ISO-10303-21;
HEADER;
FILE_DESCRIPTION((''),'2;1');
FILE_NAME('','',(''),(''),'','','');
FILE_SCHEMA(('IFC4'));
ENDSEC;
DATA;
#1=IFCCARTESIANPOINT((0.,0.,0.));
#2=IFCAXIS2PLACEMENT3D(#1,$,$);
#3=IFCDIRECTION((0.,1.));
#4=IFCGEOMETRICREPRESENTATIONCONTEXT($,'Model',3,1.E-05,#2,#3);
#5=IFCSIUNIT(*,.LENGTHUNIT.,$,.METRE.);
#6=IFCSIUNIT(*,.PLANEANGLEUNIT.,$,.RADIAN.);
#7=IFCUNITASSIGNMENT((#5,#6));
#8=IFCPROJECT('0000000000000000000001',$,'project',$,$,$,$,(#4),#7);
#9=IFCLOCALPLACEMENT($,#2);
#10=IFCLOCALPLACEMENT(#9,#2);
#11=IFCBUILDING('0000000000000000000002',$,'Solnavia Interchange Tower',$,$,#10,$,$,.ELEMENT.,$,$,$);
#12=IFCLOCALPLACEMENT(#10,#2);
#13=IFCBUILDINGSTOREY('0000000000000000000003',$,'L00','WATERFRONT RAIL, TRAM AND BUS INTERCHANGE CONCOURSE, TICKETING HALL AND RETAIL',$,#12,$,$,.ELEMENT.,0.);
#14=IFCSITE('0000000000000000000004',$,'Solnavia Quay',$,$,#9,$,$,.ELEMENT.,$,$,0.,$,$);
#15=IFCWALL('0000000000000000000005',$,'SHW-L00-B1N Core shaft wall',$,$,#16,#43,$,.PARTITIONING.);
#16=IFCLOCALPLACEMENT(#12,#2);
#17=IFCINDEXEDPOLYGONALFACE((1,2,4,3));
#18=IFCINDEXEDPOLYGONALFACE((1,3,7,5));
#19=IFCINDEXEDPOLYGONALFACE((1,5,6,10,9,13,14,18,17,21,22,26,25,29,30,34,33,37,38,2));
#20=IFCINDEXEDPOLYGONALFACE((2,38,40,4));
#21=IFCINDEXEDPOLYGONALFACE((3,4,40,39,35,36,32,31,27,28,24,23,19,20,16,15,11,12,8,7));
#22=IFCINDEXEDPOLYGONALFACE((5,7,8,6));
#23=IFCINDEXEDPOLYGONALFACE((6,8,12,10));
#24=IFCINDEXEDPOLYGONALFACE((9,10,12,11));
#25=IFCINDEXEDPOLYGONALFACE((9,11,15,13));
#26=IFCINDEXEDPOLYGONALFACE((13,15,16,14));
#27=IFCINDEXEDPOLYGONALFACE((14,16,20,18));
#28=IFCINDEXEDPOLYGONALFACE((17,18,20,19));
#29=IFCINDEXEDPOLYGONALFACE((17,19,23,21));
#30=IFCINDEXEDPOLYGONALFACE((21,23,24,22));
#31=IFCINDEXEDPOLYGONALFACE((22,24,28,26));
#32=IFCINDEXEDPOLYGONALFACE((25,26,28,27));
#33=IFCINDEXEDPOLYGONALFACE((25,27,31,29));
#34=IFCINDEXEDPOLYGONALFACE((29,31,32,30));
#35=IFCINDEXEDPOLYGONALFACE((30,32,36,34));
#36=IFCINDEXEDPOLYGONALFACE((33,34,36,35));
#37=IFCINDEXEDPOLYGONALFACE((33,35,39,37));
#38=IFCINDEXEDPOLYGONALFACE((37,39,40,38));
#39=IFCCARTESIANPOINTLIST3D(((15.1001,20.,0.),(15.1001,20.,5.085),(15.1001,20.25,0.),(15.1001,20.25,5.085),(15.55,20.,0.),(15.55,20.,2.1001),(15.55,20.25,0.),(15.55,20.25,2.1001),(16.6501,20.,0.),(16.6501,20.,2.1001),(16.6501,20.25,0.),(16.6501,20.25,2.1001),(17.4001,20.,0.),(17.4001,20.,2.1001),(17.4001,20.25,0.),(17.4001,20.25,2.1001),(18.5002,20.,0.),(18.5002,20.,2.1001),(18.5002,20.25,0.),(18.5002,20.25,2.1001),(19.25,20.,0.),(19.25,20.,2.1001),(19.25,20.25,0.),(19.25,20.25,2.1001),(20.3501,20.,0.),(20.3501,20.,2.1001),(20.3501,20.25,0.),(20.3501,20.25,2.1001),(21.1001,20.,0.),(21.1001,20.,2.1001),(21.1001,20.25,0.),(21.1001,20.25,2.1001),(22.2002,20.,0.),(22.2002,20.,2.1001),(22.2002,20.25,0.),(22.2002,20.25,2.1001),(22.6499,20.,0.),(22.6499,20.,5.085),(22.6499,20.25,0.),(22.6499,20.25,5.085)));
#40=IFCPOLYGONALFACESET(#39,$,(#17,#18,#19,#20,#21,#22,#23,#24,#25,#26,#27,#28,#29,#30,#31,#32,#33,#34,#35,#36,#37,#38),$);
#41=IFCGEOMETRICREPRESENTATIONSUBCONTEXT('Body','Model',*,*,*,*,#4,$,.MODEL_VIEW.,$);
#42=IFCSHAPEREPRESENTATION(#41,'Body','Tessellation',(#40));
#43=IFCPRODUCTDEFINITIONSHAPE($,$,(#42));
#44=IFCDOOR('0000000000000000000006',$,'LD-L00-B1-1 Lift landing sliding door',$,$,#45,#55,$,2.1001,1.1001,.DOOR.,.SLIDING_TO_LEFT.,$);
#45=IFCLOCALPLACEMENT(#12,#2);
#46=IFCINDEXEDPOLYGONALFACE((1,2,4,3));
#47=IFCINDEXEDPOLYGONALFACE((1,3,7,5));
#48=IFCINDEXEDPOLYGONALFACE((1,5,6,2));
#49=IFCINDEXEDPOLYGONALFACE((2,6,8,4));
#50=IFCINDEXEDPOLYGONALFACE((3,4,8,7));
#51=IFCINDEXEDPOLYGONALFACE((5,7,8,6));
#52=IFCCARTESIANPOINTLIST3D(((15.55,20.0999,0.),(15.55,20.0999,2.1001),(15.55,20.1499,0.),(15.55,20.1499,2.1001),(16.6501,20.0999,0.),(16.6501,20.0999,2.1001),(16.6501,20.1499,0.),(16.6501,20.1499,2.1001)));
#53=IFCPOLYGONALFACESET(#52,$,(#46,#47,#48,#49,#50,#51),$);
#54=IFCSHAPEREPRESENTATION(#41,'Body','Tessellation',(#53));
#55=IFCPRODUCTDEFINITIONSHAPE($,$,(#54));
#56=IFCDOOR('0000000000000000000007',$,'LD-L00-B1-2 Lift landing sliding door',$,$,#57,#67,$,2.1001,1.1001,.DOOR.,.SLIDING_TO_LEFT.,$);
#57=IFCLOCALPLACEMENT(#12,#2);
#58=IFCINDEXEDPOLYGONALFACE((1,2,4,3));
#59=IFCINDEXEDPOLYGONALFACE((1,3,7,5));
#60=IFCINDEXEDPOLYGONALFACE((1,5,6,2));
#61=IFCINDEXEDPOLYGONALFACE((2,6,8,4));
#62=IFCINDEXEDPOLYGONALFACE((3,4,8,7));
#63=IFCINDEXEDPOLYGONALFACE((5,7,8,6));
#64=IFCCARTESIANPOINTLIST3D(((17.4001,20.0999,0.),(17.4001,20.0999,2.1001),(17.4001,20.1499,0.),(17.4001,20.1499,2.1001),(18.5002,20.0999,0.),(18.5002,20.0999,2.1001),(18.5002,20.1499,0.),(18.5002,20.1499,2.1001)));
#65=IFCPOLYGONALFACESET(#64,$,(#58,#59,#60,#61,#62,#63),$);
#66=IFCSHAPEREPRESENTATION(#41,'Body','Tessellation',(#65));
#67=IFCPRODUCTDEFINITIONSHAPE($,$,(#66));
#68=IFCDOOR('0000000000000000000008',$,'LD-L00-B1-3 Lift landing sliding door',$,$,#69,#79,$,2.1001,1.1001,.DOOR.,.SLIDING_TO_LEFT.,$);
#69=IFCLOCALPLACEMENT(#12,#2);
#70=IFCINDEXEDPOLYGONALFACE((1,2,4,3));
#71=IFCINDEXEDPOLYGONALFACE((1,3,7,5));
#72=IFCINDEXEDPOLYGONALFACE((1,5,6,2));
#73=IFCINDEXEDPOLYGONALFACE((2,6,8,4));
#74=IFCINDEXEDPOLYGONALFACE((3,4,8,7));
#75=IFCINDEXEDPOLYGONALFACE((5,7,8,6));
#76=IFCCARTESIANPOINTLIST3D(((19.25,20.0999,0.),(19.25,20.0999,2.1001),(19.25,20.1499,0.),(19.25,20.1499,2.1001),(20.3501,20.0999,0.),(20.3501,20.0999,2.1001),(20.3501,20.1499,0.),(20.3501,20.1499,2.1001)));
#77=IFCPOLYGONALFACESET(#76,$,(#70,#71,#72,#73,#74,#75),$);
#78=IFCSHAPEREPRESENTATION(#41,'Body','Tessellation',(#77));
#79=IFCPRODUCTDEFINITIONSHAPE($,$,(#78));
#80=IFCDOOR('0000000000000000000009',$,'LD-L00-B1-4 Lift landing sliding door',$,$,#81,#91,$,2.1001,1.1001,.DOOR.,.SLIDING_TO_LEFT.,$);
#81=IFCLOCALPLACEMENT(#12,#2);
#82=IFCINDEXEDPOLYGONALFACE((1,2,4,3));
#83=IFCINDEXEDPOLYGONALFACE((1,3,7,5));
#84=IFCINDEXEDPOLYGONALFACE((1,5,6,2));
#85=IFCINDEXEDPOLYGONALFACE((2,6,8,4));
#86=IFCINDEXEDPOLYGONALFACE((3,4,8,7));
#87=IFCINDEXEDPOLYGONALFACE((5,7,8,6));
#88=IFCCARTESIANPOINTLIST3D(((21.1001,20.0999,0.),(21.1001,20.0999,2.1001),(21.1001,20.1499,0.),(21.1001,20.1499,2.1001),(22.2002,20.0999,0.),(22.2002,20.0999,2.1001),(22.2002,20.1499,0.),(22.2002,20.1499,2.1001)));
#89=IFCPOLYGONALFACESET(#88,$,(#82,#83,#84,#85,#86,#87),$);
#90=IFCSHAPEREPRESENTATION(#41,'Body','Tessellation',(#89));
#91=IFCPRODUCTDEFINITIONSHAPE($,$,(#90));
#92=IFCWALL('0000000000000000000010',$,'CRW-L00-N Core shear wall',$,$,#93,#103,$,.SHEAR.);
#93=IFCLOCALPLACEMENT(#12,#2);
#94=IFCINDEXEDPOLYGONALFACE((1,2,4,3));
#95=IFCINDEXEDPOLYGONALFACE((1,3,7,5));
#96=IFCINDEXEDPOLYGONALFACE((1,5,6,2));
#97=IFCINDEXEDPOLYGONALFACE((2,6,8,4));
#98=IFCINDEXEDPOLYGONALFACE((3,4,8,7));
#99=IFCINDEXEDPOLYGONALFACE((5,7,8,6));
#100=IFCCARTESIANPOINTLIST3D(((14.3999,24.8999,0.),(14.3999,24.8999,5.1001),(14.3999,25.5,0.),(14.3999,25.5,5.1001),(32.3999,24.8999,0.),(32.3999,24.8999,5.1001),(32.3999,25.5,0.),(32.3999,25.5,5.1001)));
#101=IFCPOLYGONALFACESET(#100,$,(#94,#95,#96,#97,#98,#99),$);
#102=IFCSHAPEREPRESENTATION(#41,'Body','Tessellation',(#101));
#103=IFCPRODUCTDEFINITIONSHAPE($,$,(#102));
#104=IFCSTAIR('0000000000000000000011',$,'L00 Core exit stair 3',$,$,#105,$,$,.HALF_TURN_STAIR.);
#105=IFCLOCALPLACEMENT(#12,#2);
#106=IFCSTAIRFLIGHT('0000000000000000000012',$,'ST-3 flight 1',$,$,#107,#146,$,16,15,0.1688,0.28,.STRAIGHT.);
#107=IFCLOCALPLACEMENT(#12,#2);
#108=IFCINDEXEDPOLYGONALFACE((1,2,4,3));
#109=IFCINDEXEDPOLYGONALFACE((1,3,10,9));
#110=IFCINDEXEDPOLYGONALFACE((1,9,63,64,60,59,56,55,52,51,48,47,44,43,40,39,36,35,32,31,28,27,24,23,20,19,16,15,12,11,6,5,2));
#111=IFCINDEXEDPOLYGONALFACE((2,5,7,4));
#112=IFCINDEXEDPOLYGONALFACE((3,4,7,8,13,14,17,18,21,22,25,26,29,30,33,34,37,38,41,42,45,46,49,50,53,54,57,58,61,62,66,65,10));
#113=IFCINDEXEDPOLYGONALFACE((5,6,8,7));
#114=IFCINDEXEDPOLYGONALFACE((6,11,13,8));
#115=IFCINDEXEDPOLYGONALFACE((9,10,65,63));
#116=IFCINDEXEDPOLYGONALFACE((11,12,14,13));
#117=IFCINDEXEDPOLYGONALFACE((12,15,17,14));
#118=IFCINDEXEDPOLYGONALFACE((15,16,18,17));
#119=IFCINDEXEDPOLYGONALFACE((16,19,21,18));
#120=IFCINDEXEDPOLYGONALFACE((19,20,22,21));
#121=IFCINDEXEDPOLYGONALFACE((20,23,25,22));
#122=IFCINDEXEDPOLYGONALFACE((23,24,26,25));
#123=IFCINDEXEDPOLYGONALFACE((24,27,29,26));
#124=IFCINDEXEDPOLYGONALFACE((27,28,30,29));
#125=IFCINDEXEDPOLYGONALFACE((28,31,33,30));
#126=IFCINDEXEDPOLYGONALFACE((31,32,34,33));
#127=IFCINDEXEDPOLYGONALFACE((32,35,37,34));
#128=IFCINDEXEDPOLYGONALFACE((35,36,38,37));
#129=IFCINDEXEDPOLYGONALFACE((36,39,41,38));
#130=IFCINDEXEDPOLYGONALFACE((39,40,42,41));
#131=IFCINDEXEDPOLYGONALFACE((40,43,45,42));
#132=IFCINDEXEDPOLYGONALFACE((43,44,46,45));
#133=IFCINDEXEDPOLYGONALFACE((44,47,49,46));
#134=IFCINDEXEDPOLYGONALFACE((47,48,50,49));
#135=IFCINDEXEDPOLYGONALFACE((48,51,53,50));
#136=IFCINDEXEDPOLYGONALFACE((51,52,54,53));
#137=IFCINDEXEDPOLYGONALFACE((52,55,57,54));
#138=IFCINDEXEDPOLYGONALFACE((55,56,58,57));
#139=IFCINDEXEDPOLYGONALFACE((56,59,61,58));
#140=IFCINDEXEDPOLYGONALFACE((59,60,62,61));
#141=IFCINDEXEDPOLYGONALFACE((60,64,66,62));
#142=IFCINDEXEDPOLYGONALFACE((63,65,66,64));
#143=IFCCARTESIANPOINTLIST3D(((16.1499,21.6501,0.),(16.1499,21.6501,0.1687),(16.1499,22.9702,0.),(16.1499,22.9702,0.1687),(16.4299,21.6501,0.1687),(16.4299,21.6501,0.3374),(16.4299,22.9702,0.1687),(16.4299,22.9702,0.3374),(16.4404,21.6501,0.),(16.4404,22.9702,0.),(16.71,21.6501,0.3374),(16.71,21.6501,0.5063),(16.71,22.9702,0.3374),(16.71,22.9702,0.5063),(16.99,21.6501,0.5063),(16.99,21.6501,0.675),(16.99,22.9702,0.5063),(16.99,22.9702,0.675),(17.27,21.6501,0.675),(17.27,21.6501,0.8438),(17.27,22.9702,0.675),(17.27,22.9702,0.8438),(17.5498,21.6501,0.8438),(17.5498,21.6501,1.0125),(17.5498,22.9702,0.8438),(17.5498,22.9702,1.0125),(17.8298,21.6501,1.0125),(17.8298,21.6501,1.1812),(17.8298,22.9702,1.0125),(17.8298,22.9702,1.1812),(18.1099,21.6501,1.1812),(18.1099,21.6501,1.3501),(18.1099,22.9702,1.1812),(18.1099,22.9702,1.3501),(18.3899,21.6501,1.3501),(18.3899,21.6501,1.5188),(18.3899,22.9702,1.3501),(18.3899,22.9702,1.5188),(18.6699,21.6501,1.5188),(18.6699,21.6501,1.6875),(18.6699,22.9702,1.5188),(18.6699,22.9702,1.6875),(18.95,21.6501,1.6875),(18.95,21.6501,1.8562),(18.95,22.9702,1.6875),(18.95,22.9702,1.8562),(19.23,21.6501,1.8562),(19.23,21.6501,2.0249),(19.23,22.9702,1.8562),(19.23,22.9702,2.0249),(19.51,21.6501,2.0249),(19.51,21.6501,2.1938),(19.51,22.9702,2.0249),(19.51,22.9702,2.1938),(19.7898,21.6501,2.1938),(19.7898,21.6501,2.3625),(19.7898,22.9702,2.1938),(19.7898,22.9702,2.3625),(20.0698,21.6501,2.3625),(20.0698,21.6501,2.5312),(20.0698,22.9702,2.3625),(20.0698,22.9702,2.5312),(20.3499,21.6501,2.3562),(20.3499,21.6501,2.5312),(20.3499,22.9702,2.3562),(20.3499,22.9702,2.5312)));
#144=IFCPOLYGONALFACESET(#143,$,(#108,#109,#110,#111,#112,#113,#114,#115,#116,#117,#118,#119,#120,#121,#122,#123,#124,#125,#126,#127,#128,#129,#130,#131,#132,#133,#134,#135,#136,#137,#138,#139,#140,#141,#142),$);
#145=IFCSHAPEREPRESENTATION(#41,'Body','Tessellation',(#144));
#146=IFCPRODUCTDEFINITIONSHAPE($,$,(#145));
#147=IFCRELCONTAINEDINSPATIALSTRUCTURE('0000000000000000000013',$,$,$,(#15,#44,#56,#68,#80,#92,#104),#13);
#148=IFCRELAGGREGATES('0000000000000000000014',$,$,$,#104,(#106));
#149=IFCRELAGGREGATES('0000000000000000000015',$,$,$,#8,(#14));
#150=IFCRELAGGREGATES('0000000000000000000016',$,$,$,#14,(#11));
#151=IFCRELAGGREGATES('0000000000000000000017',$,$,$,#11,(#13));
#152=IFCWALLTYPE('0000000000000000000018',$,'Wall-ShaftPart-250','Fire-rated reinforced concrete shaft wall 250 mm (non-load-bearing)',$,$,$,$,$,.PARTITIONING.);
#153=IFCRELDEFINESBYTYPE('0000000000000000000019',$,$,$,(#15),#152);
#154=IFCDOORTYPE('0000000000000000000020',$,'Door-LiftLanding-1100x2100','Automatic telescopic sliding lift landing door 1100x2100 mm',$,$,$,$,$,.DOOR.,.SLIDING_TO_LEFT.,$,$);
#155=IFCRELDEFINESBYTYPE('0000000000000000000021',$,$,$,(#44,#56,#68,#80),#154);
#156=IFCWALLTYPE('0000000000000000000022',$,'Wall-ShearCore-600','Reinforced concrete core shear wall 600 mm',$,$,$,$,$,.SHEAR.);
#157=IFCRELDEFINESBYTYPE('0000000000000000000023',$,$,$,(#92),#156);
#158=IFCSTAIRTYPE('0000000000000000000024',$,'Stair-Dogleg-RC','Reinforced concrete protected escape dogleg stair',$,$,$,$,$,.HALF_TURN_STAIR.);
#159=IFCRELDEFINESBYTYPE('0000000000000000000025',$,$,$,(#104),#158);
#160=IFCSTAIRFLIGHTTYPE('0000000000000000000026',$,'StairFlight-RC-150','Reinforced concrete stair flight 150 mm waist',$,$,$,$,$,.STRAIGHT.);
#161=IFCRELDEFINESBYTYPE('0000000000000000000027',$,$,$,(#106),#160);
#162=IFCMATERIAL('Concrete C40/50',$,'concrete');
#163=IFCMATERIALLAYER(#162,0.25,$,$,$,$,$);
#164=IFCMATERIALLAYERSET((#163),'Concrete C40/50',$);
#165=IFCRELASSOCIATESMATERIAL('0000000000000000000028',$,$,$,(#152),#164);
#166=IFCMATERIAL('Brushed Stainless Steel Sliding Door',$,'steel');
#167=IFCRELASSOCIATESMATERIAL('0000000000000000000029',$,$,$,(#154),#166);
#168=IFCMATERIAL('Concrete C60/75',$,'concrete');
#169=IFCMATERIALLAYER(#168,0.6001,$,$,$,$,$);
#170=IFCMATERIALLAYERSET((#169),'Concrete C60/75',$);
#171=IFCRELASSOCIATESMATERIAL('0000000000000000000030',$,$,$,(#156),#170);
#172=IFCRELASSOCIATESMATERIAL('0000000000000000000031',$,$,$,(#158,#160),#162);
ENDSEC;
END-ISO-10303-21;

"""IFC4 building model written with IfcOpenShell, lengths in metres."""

from ifc_helpers import new_model, si_unit, direction, frame, frame_2d, origin, place, context, subcontext, project, spatial, polyline, rectangle, outline, extrude, material, layer, layer_set, type_object, element, fill, aggregate, save


model = new_model("IFC4")

# Units and contexts
model_context = context("Model", 3, precision=1e-05, world=origin(), true_north=direction((0.0, 1.0)))
body_context = subcontext(model_context, "Body", "Model", "MODEL_VIEW")
ifc_project = project(units=[si_unit("LENGTHUNIT", "METRE"), si_unit("PLANEANGLEUNIT", "RADIAN")], contexts=[model_context])

# Site, building, storey
site_placement = place(None, origin())
site = spatial("IfcSite", under=ifc_project, at=site_placement, Name="Solnavia Quay", CompositionType="ELEMENT", RefElevation=0.0)
building_placement = place(site_placement, origin())
building = spatial("IfcBuilding", under=site, at=building_placement, Name="Solnavia Interchange Tower", CompositionType="ELEMENT")
storey_placement = place(building_placement, origin())
storey = spatial("IfcBuildingStorey", under=building, at=storey_placement, Name="L00", Description="WATERFRONT RAIL, TRAM AND BUS INTERCHANGE CONCOURSE, TICKETING HALL AND RETAIL", CompositionType="ELEMENT", Elevation=0.0)

# Shared definitions
ifc_material_1 = material(Name="Concrete C60/75", Category="concrete")

# Shared definitions
ifc_material_2 = material(Name="Concrete C40/50", Category="concrete")

# Wall, openings, doors
ifc_layer_1 = layer(ifc_material_2, 0.25)
ifc_layer_set_1 = layer_set([ifc_layer_1], Name="Concrete C40/50")
wall_type_1 = type_object("IfcWallType", Name="Wall-ShaftPart-250", Description="Fire-rated reinforced concrete shaft wall 250 mm (non-load-bearing)", PredefinedType="PARTITIONING", material=ifc_layer_set_1)
wall_1_placement = place(storey_placement, frame((15.1001, 20.125, 0.0), z_axis=(0.0, 0.0, 1.0), x_axis=(1.0, 0.0, 0.0)))
wall_1 = element("IfcWall", 1, at=wall_1_placement, inside=storey, type_object=wall_type_1, Name="SHW-L00-B1N Core shaft wall", PredefinedType="PARTITIONING", context=body_context, shape_type="SweptSolid", body=[
    extrude(rectangle(XDim=7.5498, YDim=0.25, at=frame_2d((3.7749, 0.0))), origin(), (0.0, 0.0, 1.0), 5.085),
])
opening_1_placement = place(wall_1_placement, frame((0.45, 0.0, 0.0)))
opening_1 = element("IfcOpeningElement", 2, at=opening_1_placement, cuts=wall_1, PredefinedType="OPENING", context=body_context, shape_type="SweptSolid", body=[
    extrude(rectangle(XDim=1.1001, YDim=2.1001, at=frame_2d((0.55, 1.05))), frame((0.0, 0.135, 0.0), z_axis=(0.0, -1.0, 0.0), x_axis=(1.0, 0.0, 0.0)), (0.0, 0.0, 1.0), 0.27),
])
opening_2_placement = place(wall_1_placement, frame((2.3, 0.0, 0.0)))
opening_2 = element("IfcOpeningElement", 3, at=opening_2_placement, cuts=wall_1, PredefinedType="OPENING", context=body_context, shape_type="SweptSolid", body=[
    extrude(rectangle(XDim=1.1001, YDim=2.1001, at=frame_2d((0.55, 1.05))), frame((0.0, 0.135, 0.0), z_axis=(0.0, -1.0, 0.0), x_axis=(1.0, 0.0, 0.0)), (0.0, 0.0, 1.0), 0.27),
])
opening_3_placement = place(wall_1_placement, frame((4.1499, 0.0, 0.0)))
opening_3 = element("IfcOpeningElement", 4, at=opening_3_placement, cuts=wall_1, PredefinedType="OPENING", context=body_context, shape_type="SweptSolid", body=[
    extrude(rectangle(XDim=1.1001, YDim=2.1001, at=frame_2d((0.55, 1.05))), frame((0.0, 0.135, 0.0), z_axis=(0.0, -1.0, 0.0), x_axis=(1.0, 0.0, 0.0)), (0.0, 0.0, 1.0), 0.27),
])
opening_4_placement = place(wall_1_placement, frame((6.0, 0.0, 0.0)))
opening_4 = element("IfcOpeningElement", 5, at=opening_4_placement, cuts=wall_1, PredefinedType="OPENING", context=body_context, shape_type="SweptSolid", body=[
    extrude(rectangle(XDim=1.1001, YDim=2.1001, at=frame_2d((0.55, 1.05))), frame((0.0, 0.135, 0.0), z_axis=(0.0, -1.0, 0.0), x_axis=(1.0, 0.0, 0.0)), (0.0, 0.0, 1.0), 0.27),
])
ifc_material_3 = material(Name="Brushed Stainless Steel Sliding Door", Category="steel")
door_type = type_object("IfcDoorType", Name="Door-LiftLanding-1100x2100", Description="Automatic telescopic sliding lift landing door 1100x2100 mm", OperationType="SLIDING_TO_LEFT", PredefinedType="DOOR", material=ifc_material_3)
door_1_placement = place(opening_1_placement, origin())
door_1 = element("IfcDoor", 6, at=door_1_placement, inside=storey, type_object=door_type, Name="LD-L00-B1-1 Lift landing sliding door", OperationType="SLIDING_TO_LEFT", OverallHeight=2.1001, OverallWidth=1.1001, PredefinedType="DOOR", context=body_context, shape_type="SweptSolid", body=[
    extrude(rectangle(XDim=1.1001, YDim=2.1001, at=frame_2d((0.55, 1.05))), frame((0.0, 0.0249, 0.0), z_axis=(0.0, -1.0, 0.0), x_axis=(1.0, 0.0, 0.0)), (0.0, 0.0, 1.0), 0.05),
])
fill(opening_1, door_1)
door_2_placement = place(opening_2_placement, origin())
door_2 = element("IfcDoor", 7, at=door_2_placement, inside=storey, type_object=door_type, Name="LD-L00-B1-2 Lift landing sliding door", OperationType="SLIDING_TO_LEFT", OverallHeight=2.1001, OverallWidth=1.1001, PredefinedType="DOOR", context=body_context, shape_type="SweptSolid", body=[
    extrude(rectangle(XDim=1.1001, YDim=2.1001, at=frame_2d((0.55, 1.05))), frame((0.0, 0.0249, 0.0), z_axis=(0.0, -1.0, 0.0), x_axis=(1.0, 0.0, 0.0)), (0.0, 0.0, 1.0), 0.05),
])
fill(opening_2, door_2)
door_3_placement = place(opening_3_placement, origin())
door_3 = element("IfcDoor", 8, at=door_3_placement, inside=storey, type_object=door_type, Name="LD-L00-B1-3 Lift landing sliding door", OperationType="SLIDING_TO_LEFT", OverallHeight=2.1001, OverallWidth=1.1001, PredefinedType="DOOR", context=body_context, shape_type="SweptSolid", body=[
    extrude(rectangle(XDim=1.1001, YDim=2.1001, at=frame_2d((0.55, 1.05))), frame((0.0, 0.0249, 0.0), z_axis=(0.0, -1.0, 0.0), x_axis=(1.0, 0.0, 0.0)), (0.0, 0.0, 1.0), 0.05),
])
fill(opening_3, door_3)
door_4_placement = place(opening_4_placement, origin())
door_4 = element("IfcDoor", 9, at=door_4_placement, inside=storey, type_object=door_type, Name="LD-L00-B1-4 Lift landing sliding door", OperationType="SLIDING_TO_LEFT", OverallHeight=2.1001, OverallWidth=1.1001, PredefinedType="DOOR", context=body_context, shape_type="SweptSolid", body=[
    extrude(rectangle(XDim=1.1001, YDim=2.1001, at=frame_2d((0.55, 1.05))), frame((0.0, 0.0249, 0.0), z_axis=(0.0, -1.0, 0.0), x_axis=(1.0, 0.0, 0.0)), (0.0, 0.0, 1.0), 0.05),
])
fill(opening_4, door_4)

# Wall
ifc_layer_2 = layer(ifc_material_1, 0.6001)
ifc_layer_set_2 = layer_set([ifc_layer_2], Name="Concrete C60/75")
wall_type_2 = type_object("IfcWallType", Name="Wall-ShearCore-600", Description="Reinforced concrete core shear wall 600 mm", PredefinedType="SHEAR", material=ifc_layer_set_2)
wall_2_placement = place(storey_placement, frame((14.3999, 25.2, 0.0), z_axis=(0.0, 0.0, 1.0), x_axis=(1.0, 0.0, 0.0)))
element("IfcWall", 10, at=wall_2_placement, inside=storey, type_object=wall_type_2, Name="CRW-L00-N Core shear wall", PredefinedType="SHEAR", context=body_context, shape_type="SweptSolid", body=[
    extrude(rectangle(XDim=18.0, YDim=0.6001, at=frame_2d((9.0, 0.0))), origin(), (0.0, 0.0, 1.0), 5.1001),
])

# Stair, stair flight
stair_type = type_object("IfcStairType", Name="Stair-Dogleg-RC", Description="Reinforced concrete protected escape dogleg stair", PredefinedType="HALF_TURN_STAIR", material=ifc_material_2)
stair_placement = place(storey_placement, origin())
stair = element("IfcStair", 11, at=stair_placement, inside=storey, type_object=stair_type, Name="L00 Core exit stair 3", PredefinedType="HALF_TURN_STAIR")
stair_flight_type = type_object("IfcStairFlightType", Name="StairFlight-RC-150", Description="Reinforced concrete stair flight 150 mm waist", PredefinedType="STRAIGHT", material=ifc_material_2)
stair_flight_placement = place(storey_placement, frame((16.1499, 22.3101, 0.0), z_axis=(0.0, 0.0, 1.0), x_axis=(1.0, 0.0, 0.0)))
stair_flight = element("IfcStairFlight", 12, at=stair_flight_placement, type_object=stair_flight_type, Name="ST-3 flight 1", NumberOfRisers=16, NumberOfTreads=15, PredefinedType="STRAIGHT", RiserHeight=0.1688, TreadLength=0.28, context=body_context, shape_type="SweptSolid", body=[
    extrude(outline(polyline([(0.0, 0.0), (0.0, 0.1687), (0.28, 0.1687), (0.28, 0.3374), (0.5601, 0.3374), (0.5601, 0.5063), (0.8401, 0.5063), (0.8401, 0.675), (1.1201, 0.675), (1.1201, 0.8438), (1.3999, 0.8438), (1.3999, 1.0125), (1.6799, 1.0125), (1.6799, 1.1812), (1.96, 1.1812), (1.96, 1.3501), (2.24, 1.3501), (2.24, 1.5188), (2.52, 1.5188), (2.52, 1.6875), (2.8, 1.6875), (2.8, 1.8562), (3.0801, 1.8562), (3.0801, 2.0249), (3.3601, 2.0249), (3.3601, 2.1938), (3.6399, 2.1938), (3.6399, 2.3625), (3.9199, 2.3625), (3.9199, 2.5312), (4.2, 2.5312), (4.2, 2.7), (4.2, 2.3562), (0.2905, 0.0), (0.0, 0.0)])), frame((0.0, 0.6602, 0.0), z_axis=(0.0, -1.0, 0.0), x_axis=(1.0, 0.0, 0.0)), (0.0, 0.0, 1.0), 1.3201),
])
aggregate(stair, [stair_flight])

save(model, "model.ifc")
